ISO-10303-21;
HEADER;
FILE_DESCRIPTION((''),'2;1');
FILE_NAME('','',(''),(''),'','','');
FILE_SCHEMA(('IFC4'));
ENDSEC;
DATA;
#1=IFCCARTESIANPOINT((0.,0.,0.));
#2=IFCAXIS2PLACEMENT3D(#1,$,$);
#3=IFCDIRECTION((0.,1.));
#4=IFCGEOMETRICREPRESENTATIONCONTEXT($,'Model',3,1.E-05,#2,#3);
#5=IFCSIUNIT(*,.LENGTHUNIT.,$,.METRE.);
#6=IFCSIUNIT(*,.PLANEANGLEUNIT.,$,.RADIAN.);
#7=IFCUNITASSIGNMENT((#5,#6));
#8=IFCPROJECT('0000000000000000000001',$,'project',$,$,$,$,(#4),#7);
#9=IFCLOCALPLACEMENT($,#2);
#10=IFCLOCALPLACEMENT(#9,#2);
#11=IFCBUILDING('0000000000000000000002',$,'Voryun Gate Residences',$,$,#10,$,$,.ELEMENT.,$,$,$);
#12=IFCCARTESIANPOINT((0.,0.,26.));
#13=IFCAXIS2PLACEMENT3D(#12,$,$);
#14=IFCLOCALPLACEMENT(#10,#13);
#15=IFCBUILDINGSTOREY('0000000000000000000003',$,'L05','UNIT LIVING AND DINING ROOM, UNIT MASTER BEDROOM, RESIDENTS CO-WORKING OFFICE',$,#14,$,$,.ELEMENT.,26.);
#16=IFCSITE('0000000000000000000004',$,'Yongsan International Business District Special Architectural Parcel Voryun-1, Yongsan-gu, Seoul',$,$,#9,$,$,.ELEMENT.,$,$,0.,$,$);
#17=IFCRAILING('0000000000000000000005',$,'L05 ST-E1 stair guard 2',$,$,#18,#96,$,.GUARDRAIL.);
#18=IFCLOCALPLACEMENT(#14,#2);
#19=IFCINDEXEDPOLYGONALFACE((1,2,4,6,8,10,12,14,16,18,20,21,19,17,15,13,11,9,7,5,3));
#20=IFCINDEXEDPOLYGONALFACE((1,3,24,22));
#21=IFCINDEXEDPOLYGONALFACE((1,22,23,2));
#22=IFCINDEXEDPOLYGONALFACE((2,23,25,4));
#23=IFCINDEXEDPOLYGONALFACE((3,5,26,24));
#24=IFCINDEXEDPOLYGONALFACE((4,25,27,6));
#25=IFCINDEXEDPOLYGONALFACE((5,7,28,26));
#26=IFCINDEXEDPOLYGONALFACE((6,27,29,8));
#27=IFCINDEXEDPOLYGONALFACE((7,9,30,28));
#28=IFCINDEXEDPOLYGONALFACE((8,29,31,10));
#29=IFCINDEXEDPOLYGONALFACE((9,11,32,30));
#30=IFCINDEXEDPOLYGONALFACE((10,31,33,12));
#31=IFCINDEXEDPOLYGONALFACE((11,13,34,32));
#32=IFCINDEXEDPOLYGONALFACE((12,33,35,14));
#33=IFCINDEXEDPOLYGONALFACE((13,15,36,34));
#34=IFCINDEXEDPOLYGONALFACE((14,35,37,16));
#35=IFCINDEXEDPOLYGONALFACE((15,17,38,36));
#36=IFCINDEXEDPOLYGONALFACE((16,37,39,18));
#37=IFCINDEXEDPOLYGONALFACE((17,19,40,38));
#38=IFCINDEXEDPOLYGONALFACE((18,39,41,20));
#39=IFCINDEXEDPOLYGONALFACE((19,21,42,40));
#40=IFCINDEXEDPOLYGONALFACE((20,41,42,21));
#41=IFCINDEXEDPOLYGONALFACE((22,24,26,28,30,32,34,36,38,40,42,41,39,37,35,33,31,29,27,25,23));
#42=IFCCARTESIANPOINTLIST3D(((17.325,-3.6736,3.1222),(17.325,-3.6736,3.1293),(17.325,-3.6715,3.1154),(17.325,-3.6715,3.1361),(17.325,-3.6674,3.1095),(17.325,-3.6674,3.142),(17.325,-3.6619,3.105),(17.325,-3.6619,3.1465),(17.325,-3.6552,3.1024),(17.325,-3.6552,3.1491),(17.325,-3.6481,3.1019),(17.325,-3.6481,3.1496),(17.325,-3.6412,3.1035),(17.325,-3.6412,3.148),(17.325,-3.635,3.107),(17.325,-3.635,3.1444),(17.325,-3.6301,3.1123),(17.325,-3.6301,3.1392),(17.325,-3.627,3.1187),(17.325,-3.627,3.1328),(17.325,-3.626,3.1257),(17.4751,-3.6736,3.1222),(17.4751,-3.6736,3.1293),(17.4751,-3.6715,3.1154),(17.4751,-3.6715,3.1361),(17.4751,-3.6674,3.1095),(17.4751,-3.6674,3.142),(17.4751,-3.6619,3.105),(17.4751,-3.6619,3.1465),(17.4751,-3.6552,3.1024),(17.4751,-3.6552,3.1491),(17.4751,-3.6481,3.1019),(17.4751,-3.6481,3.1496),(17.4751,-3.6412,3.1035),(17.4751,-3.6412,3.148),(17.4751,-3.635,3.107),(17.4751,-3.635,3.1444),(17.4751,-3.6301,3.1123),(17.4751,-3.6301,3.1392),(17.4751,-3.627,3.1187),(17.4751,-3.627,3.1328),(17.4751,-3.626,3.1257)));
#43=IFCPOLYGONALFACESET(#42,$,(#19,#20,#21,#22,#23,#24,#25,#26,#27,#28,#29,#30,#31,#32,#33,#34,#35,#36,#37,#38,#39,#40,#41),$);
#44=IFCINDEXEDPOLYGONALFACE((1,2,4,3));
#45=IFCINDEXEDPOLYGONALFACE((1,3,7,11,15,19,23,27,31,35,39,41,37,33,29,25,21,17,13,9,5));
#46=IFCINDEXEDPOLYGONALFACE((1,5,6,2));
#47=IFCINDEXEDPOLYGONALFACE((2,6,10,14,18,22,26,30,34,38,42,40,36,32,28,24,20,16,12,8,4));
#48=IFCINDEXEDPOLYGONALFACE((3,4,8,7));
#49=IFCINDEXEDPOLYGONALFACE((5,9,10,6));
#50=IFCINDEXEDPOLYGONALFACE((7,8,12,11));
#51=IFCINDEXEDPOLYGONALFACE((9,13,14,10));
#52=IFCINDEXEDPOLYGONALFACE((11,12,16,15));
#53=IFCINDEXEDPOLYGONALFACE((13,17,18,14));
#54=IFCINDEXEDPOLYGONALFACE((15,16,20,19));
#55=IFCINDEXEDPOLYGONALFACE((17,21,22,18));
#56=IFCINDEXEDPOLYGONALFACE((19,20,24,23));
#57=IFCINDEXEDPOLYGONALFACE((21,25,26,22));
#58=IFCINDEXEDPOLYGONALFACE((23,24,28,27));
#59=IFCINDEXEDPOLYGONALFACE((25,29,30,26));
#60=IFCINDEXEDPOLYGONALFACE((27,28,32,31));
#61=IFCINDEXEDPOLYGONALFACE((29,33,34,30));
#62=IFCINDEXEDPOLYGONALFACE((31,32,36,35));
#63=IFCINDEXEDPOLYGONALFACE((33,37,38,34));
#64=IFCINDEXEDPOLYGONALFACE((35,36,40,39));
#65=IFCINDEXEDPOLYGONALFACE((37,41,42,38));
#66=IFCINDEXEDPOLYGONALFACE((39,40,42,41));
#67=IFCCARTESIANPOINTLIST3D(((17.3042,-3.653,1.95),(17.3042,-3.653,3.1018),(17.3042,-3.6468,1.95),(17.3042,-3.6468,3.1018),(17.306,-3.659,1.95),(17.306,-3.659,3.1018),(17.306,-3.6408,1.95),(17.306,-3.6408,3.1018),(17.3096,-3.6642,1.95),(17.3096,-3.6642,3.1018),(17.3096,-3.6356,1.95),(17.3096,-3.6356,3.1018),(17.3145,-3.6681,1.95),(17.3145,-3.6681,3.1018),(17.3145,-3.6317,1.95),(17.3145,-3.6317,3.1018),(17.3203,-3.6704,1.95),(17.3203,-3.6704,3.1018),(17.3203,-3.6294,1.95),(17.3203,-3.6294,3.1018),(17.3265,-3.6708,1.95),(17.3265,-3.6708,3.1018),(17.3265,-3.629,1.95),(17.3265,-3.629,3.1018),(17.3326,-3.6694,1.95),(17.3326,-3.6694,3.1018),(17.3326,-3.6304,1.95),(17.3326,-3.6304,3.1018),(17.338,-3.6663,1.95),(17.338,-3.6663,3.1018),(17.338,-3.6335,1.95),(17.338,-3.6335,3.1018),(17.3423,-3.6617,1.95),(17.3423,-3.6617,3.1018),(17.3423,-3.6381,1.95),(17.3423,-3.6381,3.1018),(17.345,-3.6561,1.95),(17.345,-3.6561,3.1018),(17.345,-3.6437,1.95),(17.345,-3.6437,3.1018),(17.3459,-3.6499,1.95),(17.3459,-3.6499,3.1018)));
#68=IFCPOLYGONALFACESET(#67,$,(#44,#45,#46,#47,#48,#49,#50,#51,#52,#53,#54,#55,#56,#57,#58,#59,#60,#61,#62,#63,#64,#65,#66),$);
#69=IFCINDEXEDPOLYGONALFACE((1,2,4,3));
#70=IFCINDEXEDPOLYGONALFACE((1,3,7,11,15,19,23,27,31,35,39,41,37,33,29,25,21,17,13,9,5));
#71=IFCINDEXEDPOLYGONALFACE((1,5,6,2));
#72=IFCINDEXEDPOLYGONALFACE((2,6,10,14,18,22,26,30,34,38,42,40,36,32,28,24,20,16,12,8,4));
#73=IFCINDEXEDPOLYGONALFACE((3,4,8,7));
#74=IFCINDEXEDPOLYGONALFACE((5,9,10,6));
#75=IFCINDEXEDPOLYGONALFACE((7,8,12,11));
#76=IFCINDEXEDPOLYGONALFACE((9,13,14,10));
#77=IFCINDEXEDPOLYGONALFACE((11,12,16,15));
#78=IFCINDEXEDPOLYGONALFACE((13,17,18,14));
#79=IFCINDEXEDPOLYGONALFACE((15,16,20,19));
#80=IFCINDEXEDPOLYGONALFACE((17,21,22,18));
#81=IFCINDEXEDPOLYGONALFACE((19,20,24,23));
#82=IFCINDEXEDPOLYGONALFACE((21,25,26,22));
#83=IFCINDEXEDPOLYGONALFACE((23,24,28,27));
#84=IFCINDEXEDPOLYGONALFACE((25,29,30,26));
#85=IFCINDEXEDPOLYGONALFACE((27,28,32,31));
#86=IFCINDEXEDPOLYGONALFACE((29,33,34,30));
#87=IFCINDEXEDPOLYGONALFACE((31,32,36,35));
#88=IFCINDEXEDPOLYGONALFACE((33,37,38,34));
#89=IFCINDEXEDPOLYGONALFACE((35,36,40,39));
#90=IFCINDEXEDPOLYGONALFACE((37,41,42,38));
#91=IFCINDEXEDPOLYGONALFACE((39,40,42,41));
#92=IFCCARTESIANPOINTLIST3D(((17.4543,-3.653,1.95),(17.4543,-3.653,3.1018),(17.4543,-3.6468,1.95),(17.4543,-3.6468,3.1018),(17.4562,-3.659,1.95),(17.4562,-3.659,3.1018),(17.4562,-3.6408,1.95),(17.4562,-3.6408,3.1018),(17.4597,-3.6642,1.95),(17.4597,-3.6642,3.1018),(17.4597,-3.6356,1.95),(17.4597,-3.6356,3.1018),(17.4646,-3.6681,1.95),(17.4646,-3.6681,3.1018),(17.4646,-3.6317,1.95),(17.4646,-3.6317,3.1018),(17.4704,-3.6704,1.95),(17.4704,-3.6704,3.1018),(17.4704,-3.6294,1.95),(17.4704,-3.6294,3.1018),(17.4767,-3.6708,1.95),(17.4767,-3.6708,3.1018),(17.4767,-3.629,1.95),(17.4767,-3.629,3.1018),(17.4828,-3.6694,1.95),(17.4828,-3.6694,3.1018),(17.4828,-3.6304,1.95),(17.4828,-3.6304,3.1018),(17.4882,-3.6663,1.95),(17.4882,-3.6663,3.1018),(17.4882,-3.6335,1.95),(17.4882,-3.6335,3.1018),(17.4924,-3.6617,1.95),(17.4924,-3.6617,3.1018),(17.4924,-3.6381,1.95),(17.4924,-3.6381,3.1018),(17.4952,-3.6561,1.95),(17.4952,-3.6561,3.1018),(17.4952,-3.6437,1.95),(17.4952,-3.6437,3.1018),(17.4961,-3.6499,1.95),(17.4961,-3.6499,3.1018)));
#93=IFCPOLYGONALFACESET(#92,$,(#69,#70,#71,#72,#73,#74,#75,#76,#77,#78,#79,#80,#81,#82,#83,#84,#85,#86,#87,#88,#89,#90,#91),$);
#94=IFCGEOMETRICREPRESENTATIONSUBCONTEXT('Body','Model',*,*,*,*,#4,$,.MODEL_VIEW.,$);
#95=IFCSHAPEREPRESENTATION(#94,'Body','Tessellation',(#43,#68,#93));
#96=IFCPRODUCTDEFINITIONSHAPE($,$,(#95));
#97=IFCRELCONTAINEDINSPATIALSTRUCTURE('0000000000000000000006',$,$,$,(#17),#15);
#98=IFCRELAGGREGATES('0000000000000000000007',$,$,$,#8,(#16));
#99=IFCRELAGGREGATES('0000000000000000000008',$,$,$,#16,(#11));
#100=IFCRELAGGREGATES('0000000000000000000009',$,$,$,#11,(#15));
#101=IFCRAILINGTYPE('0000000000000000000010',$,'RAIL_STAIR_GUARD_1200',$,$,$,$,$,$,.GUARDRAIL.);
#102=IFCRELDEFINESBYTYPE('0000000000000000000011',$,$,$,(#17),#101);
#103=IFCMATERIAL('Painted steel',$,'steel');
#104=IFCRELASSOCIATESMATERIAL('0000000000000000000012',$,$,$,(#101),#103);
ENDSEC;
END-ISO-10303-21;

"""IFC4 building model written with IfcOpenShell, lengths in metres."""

from ifc_helpers import new_model, si_unit, direction, frame, origin, origin_2d, place, context, subcontext, project, spatial, circle, extrude, material, type_object, element, save


model = new_model("IFC4")

# Units and contexts
model_context = context("Model", 3, precision=1e-05, world=origin(), true_north=direction((0.0, 1.0)))
body_context = subcontext(model_context, "Body", "Model", "MODEL_VIEW")
ifc_project = project(units=[si_unit("LENGTHUNIT", "METRE"), si_unit("PLANEANGLEUNIT", "RADIAN")], contexts=[model_context])

# Site, building, storey
site_placement = place(None, origin())
site = spatial("IfcSite", under=ifc_project, at=site_placement, Name="Yongsan International Business District Special Architectural Parcel Voryun-1, Yongsan-gu, Seoul", CompositionType="ELEMENT", RefElevation=0.0)
building_placement = place(site_placement, origin())
building = spatial("IfcBuilding", under=site, at=building_placement, Name="Voryun Gate Residences", CompositionType="ELEMENT")
storey_placement = place(building_placement, frame((0.0, 0.0, 26.0)))
storey = spatial("IfcBuildingStorey", under=building, at=storey_placement, Name="L05", Description="UNIT LIVING AND DINING ROOM, UNIT MASTER BEDROOM, RESIDENTS CO-WORKING OFFICE", CompositionType="ELEMENT", Elevation=26.0)

# Railing
ifc_material_1 = material(Name="Painted steel", Category="steel")
railing_type_1 = type_object("IfcRailingType", Name="RAIL_STAIR_GUARD_1200", PredefinedType="GUARDRAIL", material=ifc_material_1)
railing_1_placement = place(storey_placement, frame((17.325, -3.6499, 1.95)))
element("IfcRailing", 1, at=railing_1_placement, inside=storey, type_object=railing_type_1, Name="L05 ST-E1 stair guard 2", PredefinedType="GUARDRAIL", context=body_context, shape_type="SweptSolid", body=[
    extrude(circle(Radius=0.0239, at=origin_2d()), frame((0.0, 0.0, 1.1758), z_axis=(1.0, 0.0, 0.0), x_axis=(0.0, 1.0, 0.0)), (0.0, 0.0, 1.0), 0.1501),
    extrude(circle(Radius=0.021, at=origin_2d()), origin(), (0.0, 0.0, 1.0), 1.1519),
    extrude(circle(Radius=0.021, at=origin_2d()), frame((0.1501, 0.0, 0.0)), (0.0, 0.0, 1.0), 1.1519),
])

save(model, "model.ifc")
